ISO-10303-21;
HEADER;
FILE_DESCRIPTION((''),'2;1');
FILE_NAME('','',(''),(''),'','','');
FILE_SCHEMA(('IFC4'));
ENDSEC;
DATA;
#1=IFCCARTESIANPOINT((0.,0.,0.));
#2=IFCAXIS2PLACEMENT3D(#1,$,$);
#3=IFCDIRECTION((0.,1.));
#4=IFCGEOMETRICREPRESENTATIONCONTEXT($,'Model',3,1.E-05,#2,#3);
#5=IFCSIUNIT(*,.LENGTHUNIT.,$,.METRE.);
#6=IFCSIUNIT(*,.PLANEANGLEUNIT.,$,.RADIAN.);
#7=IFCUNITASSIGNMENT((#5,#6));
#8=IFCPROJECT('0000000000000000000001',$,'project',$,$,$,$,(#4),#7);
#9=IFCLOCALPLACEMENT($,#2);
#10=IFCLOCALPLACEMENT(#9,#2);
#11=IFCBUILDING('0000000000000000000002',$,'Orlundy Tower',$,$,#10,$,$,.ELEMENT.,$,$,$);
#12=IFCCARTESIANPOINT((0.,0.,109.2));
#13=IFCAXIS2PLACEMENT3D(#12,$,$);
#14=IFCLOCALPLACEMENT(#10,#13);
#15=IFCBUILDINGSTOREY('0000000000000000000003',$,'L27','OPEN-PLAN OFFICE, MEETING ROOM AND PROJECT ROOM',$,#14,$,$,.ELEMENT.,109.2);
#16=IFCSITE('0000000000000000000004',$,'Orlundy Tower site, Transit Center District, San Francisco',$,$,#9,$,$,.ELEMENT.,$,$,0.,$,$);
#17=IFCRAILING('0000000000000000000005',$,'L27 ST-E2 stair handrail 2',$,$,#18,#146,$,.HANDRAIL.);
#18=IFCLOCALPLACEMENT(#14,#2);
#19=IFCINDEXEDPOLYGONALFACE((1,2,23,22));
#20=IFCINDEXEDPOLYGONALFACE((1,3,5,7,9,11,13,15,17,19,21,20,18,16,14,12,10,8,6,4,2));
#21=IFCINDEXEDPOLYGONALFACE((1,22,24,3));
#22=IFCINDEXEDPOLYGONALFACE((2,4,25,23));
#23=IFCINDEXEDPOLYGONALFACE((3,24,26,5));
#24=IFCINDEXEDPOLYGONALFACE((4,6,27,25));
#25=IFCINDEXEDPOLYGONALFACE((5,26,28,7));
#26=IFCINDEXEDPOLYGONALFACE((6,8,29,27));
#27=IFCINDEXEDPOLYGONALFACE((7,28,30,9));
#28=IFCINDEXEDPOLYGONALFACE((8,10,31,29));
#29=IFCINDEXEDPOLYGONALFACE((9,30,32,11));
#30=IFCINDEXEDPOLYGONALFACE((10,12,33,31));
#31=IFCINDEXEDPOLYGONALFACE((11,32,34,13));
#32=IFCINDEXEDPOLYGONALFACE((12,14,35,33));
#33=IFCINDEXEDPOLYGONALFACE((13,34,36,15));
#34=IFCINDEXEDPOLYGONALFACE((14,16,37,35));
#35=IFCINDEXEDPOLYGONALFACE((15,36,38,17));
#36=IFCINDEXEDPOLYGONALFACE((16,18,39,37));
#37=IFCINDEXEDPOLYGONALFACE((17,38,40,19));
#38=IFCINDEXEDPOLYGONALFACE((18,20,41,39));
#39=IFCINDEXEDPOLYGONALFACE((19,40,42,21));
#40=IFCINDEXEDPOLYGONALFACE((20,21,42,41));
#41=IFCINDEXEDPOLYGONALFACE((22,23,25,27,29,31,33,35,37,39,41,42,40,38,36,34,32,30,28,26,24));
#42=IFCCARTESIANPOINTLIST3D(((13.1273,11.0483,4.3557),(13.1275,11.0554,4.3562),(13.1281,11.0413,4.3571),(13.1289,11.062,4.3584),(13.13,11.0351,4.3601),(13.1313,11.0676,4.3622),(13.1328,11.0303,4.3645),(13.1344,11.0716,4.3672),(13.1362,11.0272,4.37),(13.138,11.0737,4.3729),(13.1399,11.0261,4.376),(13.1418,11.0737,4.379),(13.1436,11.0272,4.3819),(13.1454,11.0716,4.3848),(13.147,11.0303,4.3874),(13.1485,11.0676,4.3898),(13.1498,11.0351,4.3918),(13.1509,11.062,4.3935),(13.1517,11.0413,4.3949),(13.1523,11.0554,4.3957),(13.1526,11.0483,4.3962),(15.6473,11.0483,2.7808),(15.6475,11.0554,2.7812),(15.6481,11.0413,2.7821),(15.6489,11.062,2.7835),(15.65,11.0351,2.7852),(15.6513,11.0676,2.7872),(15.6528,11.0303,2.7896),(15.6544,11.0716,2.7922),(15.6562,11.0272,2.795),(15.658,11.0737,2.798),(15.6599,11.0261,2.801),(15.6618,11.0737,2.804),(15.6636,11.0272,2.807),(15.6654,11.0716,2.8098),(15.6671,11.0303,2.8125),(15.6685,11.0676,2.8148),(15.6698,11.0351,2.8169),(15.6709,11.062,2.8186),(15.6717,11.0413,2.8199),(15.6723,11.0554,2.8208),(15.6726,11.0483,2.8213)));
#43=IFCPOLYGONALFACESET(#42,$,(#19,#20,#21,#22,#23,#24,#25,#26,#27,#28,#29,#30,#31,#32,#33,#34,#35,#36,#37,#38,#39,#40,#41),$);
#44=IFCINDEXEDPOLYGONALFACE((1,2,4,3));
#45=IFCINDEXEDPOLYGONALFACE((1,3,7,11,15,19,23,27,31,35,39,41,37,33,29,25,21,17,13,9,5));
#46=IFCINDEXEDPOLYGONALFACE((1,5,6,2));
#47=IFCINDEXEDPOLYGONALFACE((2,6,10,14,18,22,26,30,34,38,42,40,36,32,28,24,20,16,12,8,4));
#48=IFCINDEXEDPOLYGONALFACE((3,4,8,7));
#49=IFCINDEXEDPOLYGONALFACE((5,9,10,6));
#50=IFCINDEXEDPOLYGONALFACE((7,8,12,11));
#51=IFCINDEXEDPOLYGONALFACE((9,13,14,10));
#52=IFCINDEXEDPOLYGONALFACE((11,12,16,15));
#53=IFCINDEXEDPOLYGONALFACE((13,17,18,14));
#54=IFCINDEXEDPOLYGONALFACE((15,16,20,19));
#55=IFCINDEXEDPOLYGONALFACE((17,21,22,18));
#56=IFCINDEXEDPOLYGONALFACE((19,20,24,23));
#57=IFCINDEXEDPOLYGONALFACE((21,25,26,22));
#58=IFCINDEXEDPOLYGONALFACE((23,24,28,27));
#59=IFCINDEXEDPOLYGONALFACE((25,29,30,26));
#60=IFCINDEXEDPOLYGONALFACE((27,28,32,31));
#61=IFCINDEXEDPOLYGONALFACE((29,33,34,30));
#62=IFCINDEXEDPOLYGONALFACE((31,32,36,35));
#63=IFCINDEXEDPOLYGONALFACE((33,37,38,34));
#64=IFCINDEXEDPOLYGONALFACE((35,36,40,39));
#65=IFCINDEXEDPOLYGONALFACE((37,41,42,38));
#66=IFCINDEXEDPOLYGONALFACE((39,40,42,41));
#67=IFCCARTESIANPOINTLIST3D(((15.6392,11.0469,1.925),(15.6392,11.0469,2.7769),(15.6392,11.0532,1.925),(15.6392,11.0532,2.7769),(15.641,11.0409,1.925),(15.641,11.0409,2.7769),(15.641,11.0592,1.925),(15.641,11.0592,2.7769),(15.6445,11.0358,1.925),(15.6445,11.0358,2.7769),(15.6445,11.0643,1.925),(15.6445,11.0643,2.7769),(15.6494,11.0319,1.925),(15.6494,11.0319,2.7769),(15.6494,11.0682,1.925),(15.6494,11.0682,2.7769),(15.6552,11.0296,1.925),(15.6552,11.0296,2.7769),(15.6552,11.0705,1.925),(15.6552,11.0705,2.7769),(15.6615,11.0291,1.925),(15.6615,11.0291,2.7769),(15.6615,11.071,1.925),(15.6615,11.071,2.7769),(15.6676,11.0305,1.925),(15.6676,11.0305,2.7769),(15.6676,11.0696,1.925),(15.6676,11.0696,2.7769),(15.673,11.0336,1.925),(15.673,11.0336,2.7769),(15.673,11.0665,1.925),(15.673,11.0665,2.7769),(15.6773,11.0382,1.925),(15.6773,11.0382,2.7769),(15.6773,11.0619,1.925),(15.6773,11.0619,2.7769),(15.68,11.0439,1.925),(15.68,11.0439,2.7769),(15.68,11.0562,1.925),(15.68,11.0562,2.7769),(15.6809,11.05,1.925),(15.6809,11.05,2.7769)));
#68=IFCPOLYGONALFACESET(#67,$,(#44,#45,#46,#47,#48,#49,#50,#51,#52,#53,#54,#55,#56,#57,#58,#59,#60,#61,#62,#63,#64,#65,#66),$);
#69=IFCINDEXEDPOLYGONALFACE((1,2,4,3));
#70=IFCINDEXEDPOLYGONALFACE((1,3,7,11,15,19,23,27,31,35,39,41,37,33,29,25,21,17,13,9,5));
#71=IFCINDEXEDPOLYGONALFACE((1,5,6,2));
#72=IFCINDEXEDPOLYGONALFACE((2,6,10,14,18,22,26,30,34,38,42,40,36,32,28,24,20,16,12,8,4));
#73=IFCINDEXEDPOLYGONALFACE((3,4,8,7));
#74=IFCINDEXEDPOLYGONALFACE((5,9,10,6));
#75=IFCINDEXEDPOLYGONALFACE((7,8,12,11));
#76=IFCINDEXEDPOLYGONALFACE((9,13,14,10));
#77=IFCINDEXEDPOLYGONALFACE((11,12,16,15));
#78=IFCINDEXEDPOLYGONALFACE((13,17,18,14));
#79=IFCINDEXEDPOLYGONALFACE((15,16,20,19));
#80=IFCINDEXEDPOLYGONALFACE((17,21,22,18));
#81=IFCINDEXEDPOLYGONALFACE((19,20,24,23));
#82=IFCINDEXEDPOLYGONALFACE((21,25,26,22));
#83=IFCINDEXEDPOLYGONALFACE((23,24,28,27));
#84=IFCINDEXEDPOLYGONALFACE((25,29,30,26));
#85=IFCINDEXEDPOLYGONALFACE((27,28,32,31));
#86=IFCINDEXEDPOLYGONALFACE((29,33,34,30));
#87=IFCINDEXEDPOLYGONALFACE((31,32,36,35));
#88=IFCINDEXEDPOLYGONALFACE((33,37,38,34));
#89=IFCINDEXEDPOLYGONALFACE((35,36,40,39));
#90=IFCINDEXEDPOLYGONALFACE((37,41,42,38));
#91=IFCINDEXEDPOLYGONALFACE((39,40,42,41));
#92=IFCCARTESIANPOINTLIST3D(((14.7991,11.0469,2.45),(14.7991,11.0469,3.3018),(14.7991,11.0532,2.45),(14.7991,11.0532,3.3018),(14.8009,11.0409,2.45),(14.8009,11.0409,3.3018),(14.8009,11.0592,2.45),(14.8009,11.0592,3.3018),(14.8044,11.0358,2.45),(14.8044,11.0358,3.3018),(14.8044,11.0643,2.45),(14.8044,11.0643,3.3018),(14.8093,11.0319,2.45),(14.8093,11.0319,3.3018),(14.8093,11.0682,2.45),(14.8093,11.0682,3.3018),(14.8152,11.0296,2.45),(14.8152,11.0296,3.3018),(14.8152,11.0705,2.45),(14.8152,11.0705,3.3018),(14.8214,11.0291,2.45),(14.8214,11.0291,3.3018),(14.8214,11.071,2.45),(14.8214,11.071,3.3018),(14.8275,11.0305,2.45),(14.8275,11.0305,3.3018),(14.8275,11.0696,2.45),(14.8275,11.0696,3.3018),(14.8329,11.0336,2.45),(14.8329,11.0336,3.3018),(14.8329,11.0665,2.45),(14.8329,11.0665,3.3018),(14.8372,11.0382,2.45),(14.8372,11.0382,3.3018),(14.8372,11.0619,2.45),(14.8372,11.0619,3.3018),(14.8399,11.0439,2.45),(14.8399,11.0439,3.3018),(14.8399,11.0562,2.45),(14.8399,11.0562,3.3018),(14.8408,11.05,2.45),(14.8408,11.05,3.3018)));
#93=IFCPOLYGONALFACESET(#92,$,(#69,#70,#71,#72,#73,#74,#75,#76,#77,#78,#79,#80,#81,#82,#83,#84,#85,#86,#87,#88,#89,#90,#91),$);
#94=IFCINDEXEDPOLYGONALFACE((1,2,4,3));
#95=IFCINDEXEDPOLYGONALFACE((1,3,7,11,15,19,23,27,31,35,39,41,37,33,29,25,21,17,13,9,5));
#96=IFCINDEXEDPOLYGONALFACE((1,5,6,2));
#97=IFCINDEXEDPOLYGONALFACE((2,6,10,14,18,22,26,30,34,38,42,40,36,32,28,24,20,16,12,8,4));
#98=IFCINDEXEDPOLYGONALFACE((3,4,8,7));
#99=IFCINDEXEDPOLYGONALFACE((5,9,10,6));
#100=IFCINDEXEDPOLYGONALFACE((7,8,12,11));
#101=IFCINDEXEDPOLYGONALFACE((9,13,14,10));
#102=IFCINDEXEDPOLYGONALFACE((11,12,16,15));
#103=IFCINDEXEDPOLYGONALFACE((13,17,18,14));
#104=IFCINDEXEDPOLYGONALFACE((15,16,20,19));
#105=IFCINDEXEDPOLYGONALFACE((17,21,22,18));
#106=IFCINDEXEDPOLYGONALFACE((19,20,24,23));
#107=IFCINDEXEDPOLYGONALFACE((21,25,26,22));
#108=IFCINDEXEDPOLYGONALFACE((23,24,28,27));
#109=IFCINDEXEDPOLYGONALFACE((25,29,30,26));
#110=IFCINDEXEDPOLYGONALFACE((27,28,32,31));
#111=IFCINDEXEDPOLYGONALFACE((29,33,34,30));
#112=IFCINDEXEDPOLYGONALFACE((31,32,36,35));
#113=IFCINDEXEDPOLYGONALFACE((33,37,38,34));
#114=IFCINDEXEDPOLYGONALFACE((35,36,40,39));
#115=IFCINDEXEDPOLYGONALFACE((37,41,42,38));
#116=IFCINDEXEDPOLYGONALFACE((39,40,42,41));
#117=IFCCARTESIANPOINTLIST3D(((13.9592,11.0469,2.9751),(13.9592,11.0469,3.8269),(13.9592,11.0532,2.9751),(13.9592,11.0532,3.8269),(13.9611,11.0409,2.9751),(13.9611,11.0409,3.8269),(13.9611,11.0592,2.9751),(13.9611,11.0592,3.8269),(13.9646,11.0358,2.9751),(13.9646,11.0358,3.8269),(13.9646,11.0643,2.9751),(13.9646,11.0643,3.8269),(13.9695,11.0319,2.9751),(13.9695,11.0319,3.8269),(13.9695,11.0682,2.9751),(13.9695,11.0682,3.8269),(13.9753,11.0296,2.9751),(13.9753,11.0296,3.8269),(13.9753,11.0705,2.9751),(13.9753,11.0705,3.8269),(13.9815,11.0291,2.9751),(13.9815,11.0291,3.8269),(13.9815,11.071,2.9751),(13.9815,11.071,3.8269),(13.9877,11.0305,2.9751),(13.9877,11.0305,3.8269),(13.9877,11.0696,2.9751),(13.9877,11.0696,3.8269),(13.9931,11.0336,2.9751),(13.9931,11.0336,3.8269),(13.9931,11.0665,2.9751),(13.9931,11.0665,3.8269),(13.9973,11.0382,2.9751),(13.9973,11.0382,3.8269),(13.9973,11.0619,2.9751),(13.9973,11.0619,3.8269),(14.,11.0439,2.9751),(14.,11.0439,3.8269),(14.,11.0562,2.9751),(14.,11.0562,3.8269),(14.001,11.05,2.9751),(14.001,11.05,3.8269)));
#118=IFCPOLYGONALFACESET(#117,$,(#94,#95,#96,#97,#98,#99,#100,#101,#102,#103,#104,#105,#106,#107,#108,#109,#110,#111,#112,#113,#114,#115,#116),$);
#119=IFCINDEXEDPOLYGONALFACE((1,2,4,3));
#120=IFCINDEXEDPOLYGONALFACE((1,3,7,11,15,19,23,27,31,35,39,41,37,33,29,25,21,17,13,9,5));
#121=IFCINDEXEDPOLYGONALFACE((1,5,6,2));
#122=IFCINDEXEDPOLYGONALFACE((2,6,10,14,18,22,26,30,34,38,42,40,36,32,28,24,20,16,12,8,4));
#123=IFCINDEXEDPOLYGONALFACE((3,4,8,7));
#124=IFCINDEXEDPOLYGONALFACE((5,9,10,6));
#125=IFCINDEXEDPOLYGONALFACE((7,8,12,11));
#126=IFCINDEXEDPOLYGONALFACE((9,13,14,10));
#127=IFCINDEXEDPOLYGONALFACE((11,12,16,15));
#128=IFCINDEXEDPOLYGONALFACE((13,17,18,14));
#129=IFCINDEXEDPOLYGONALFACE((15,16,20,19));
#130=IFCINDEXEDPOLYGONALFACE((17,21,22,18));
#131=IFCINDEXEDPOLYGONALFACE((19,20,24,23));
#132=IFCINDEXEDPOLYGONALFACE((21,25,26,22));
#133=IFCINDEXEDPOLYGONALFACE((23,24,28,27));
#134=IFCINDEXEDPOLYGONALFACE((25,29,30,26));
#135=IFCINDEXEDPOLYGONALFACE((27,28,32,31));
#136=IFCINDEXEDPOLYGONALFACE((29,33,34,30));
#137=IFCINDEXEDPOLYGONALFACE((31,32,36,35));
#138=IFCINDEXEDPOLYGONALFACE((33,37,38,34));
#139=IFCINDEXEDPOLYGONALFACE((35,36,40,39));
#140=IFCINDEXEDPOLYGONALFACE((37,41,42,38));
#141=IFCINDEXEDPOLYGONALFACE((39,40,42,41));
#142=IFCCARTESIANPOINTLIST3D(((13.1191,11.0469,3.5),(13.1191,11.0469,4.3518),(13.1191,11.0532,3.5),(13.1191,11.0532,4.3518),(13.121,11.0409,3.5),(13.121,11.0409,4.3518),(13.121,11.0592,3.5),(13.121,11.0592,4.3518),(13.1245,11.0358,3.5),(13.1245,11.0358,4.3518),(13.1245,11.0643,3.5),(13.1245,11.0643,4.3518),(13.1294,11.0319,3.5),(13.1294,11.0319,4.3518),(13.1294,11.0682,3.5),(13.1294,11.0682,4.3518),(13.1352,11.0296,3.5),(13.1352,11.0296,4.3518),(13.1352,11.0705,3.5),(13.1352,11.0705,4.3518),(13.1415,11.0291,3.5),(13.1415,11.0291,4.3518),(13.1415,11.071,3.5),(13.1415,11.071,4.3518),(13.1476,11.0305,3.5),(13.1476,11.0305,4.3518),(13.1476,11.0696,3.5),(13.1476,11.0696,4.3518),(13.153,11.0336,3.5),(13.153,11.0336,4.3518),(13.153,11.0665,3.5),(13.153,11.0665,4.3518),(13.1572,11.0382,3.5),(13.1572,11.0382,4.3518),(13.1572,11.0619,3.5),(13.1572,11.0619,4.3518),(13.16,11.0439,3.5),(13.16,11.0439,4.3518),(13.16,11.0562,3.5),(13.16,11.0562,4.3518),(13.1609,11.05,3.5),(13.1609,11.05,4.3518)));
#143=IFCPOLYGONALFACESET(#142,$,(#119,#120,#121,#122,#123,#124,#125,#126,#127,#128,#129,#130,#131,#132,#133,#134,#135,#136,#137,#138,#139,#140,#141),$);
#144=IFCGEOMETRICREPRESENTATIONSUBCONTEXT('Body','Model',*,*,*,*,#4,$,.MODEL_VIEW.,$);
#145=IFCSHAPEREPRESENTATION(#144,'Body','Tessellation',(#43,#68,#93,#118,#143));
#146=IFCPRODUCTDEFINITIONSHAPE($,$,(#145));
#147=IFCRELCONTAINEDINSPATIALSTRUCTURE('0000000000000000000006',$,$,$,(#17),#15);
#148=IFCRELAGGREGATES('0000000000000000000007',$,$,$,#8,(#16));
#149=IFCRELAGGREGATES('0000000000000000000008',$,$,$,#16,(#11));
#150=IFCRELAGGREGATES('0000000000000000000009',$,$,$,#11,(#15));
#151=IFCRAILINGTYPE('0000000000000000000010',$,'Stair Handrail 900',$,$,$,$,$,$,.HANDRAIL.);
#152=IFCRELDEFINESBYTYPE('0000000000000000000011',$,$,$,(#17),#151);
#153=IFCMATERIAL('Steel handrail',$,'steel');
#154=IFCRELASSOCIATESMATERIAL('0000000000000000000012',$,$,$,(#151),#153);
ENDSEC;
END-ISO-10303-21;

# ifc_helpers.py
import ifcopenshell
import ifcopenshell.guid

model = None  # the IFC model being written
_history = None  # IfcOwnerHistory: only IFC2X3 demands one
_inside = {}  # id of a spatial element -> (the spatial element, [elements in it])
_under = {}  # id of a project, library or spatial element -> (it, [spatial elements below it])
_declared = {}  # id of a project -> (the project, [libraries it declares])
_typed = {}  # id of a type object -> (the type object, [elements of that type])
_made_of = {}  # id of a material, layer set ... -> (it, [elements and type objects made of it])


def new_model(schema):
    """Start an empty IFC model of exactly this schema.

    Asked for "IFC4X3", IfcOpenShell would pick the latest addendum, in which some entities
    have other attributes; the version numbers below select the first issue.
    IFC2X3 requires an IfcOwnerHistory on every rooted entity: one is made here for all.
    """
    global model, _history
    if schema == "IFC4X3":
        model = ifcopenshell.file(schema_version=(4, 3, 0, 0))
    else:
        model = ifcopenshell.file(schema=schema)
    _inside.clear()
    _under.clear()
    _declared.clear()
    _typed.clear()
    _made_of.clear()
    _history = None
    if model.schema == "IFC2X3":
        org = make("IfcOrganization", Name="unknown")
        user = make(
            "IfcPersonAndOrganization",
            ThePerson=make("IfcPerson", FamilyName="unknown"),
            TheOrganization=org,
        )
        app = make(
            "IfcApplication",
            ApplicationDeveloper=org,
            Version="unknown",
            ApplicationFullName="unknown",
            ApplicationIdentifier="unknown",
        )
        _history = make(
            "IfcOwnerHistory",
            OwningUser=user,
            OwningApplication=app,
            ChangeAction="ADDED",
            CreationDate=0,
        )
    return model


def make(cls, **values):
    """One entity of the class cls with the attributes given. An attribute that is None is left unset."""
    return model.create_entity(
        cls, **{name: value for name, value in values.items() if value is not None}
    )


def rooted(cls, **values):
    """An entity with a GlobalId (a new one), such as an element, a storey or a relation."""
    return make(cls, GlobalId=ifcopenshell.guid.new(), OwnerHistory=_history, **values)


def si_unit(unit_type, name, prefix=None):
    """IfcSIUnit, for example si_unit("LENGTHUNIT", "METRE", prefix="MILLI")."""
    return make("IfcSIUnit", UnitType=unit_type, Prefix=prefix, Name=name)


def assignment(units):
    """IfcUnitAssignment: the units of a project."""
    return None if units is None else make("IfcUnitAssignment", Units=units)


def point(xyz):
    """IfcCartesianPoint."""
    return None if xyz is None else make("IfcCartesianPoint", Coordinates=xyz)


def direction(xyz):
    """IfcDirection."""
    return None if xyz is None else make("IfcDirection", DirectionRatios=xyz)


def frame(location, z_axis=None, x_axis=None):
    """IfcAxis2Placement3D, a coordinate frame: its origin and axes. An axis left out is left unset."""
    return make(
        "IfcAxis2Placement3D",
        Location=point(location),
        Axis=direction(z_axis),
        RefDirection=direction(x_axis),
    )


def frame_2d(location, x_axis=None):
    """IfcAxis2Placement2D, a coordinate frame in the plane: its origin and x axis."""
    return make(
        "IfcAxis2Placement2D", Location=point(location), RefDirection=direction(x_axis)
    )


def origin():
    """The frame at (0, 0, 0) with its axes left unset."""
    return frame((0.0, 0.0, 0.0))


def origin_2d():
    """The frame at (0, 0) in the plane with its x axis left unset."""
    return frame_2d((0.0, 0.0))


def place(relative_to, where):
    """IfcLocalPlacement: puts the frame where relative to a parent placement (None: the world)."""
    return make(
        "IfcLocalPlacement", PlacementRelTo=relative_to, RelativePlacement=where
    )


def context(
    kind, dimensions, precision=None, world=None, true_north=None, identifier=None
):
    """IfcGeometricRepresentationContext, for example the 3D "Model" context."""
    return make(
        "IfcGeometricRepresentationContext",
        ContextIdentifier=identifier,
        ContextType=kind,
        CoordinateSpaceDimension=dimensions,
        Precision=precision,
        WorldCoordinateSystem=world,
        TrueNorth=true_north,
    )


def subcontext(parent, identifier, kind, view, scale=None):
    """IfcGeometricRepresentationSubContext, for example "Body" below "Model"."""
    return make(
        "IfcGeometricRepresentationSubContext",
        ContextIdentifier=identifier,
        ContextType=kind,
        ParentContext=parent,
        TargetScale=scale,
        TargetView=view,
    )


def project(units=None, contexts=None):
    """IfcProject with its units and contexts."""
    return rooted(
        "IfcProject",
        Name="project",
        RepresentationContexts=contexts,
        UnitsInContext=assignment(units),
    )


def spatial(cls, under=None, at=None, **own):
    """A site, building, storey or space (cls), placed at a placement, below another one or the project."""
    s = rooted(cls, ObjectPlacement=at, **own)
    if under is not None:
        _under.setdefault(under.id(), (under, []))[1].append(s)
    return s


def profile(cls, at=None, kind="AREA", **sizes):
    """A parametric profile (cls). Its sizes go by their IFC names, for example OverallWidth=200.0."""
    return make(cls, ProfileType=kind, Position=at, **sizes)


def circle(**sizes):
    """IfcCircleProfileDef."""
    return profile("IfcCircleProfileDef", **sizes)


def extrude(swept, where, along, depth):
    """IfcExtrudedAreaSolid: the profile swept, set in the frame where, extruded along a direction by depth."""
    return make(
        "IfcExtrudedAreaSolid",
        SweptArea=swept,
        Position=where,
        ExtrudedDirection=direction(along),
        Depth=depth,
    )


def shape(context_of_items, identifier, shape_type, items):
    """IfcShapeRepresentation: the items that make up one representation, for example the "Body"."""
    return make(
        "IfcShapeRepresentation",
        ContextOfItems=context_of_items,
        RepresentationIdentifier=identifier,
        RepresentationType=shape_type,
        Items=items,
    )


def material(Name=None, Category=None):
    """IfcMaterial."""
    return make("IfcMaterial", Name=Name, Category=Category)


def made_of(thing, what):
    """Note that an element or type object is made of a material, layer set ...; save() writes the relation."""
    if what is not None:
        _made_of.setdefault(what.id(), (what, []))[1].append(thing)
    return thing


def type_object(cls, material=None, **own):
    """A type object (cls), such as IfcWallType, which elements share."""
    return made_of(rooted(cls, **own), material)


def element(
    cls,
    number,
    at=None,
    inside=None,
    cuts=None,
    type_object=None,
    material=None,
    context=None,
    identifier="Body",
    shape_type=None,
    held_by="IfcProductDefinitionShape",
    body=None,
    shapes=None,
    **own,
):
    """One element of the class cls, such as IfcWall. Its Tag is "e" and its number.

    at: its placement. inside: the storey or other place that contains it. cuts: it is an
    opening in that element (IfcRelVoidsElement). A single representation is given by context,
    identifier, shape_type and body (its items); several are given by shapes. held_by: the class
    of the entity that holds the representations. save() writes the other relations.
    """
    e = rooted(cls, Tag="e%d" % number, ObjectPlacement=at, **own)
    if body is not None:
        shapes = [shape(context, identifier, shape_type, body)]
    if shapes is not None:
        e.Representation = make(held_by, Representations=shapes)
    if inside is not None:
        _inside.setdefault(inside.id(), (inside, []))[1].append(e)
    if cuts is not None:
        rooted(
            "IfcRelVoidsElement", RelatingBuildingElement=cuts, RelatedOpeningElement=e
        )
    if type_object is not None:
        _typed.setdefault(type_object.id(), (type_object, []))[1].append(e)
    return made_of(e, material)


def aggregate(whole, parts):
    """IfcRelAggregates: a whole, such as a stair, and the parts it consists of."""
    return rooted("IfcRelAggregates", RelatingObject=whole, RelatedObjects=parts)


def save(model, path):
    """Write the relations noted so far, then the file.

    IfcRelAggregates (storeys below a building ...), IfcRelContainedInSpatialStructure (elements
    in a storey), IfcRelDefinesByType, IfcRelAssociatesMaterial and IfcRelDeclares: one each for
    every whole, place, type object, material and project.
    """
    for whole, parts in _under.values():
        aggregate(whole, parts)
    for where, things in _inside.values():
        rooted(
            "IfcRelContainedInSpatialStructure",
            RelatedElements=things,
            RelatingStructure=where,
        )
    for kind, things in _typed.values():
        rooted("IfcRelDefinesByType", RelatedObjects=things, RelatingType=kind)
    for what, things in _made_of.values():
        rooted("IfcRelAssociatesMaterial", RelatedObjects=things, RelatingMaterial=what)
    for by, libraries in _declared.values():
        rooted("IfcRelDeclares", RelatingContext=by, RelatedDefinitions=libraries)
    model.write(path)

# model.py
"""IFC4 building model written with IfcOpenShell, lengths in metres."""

from ifc_helpers import new_model, si_unit, direction, frame, origin, origin_2d, place, context, subcontext, project, spatial, circle, extrude, material, type_object, element, save


model = new_model("IFC4")

# Units and contexts
model_context = context("Model", 3, precision=1e-05, world=origin(), true_north=direction((0.0, 1.0)))
body_context = subcontext(model_context, "Body", "Model", "MODEL_VIEW")
ifc_project = project(units=[si_unit("LENGTHUNIT", "METRE"), si_unit("PLANEANGLEUNIT", "RADIAN")], contexts=[model_context])

# Site, building, storey
site_placement = place(None, origin())
site = spatial("IfcSite", under=ifc_project, at=site_placement, Name="Orlundy Tower site, Transit Center District, San Francisco", CompositionType="ELEMENT", RefElevation=0.0)
building_placement = place(site_placement, origin())
building = spatial("IfcBuilding", under=site, at=building_placement, Name="Orlundy Tower", CompositionType="ELEMENT")
storey_placement = place(building_placement, frame((0.0, 0.0, 109.2)))
storey = spatial("IfcBuildingStorey", under=building, at=storey_placement, Name="L27", Description="OPEN-PLAN OFFICE, MEETING ROOM AND PROJECT ROOM", CompositionType="ELEMENT", Elevation=109.2)

# Railing
ifc_material_1 = material(Name="Steel handrail", Category="steel")
railing_type_1 = type_object("IfcRailingType", Name="Stair Handrail 900", PredefinedType="HANDRAIL", material=ifc_material_1)
railing_1_placement = place(storey_placement, frame((15.6599, 11.05, 1.925)))
element("IfcRailing", 1, at=railing_1_placement, inside=storey, type_object=railing_type_1, Name="L27 ST-E2 stair handrail 2", PredefinedType="HANDRAIL", context=body_context, shape_type="SweptSolid", body=[
    extrude(circle(Radius=0.0239, at=origin_2d()), frame((0.0, 0.0, 0.876), z_axis=(-0.848008, 0.0, 0.529984), x_axis=(0.0, -1.0, 0.0)), (0.0, 0.0, 1.0), 2.9717),
    extrude(circle(Radius=0.021, at=origin_2d()), origin(), (0.0, 0.0, 1.0), 0.8518),
    extrude(circle(Radius=0.021, at=origin_2d()), frame((-0.8401, 0.0, 0.5249)), (0.0, 0.0, 1.0), 0.8518),
    extrude(circle(Radius=0.021, at=origin_2d()), frame((-1.6799, 0.0, 1.05)), (0.0, 0.0, 1.0), 0.8518),
    extrude(circle(Radius=0.021, at=origin_2d()), frame((-2.52, 0.0, 1.575)), (0.0, 0.0, 1.0), 0.8518),
])

save(model, "model.ifc")
